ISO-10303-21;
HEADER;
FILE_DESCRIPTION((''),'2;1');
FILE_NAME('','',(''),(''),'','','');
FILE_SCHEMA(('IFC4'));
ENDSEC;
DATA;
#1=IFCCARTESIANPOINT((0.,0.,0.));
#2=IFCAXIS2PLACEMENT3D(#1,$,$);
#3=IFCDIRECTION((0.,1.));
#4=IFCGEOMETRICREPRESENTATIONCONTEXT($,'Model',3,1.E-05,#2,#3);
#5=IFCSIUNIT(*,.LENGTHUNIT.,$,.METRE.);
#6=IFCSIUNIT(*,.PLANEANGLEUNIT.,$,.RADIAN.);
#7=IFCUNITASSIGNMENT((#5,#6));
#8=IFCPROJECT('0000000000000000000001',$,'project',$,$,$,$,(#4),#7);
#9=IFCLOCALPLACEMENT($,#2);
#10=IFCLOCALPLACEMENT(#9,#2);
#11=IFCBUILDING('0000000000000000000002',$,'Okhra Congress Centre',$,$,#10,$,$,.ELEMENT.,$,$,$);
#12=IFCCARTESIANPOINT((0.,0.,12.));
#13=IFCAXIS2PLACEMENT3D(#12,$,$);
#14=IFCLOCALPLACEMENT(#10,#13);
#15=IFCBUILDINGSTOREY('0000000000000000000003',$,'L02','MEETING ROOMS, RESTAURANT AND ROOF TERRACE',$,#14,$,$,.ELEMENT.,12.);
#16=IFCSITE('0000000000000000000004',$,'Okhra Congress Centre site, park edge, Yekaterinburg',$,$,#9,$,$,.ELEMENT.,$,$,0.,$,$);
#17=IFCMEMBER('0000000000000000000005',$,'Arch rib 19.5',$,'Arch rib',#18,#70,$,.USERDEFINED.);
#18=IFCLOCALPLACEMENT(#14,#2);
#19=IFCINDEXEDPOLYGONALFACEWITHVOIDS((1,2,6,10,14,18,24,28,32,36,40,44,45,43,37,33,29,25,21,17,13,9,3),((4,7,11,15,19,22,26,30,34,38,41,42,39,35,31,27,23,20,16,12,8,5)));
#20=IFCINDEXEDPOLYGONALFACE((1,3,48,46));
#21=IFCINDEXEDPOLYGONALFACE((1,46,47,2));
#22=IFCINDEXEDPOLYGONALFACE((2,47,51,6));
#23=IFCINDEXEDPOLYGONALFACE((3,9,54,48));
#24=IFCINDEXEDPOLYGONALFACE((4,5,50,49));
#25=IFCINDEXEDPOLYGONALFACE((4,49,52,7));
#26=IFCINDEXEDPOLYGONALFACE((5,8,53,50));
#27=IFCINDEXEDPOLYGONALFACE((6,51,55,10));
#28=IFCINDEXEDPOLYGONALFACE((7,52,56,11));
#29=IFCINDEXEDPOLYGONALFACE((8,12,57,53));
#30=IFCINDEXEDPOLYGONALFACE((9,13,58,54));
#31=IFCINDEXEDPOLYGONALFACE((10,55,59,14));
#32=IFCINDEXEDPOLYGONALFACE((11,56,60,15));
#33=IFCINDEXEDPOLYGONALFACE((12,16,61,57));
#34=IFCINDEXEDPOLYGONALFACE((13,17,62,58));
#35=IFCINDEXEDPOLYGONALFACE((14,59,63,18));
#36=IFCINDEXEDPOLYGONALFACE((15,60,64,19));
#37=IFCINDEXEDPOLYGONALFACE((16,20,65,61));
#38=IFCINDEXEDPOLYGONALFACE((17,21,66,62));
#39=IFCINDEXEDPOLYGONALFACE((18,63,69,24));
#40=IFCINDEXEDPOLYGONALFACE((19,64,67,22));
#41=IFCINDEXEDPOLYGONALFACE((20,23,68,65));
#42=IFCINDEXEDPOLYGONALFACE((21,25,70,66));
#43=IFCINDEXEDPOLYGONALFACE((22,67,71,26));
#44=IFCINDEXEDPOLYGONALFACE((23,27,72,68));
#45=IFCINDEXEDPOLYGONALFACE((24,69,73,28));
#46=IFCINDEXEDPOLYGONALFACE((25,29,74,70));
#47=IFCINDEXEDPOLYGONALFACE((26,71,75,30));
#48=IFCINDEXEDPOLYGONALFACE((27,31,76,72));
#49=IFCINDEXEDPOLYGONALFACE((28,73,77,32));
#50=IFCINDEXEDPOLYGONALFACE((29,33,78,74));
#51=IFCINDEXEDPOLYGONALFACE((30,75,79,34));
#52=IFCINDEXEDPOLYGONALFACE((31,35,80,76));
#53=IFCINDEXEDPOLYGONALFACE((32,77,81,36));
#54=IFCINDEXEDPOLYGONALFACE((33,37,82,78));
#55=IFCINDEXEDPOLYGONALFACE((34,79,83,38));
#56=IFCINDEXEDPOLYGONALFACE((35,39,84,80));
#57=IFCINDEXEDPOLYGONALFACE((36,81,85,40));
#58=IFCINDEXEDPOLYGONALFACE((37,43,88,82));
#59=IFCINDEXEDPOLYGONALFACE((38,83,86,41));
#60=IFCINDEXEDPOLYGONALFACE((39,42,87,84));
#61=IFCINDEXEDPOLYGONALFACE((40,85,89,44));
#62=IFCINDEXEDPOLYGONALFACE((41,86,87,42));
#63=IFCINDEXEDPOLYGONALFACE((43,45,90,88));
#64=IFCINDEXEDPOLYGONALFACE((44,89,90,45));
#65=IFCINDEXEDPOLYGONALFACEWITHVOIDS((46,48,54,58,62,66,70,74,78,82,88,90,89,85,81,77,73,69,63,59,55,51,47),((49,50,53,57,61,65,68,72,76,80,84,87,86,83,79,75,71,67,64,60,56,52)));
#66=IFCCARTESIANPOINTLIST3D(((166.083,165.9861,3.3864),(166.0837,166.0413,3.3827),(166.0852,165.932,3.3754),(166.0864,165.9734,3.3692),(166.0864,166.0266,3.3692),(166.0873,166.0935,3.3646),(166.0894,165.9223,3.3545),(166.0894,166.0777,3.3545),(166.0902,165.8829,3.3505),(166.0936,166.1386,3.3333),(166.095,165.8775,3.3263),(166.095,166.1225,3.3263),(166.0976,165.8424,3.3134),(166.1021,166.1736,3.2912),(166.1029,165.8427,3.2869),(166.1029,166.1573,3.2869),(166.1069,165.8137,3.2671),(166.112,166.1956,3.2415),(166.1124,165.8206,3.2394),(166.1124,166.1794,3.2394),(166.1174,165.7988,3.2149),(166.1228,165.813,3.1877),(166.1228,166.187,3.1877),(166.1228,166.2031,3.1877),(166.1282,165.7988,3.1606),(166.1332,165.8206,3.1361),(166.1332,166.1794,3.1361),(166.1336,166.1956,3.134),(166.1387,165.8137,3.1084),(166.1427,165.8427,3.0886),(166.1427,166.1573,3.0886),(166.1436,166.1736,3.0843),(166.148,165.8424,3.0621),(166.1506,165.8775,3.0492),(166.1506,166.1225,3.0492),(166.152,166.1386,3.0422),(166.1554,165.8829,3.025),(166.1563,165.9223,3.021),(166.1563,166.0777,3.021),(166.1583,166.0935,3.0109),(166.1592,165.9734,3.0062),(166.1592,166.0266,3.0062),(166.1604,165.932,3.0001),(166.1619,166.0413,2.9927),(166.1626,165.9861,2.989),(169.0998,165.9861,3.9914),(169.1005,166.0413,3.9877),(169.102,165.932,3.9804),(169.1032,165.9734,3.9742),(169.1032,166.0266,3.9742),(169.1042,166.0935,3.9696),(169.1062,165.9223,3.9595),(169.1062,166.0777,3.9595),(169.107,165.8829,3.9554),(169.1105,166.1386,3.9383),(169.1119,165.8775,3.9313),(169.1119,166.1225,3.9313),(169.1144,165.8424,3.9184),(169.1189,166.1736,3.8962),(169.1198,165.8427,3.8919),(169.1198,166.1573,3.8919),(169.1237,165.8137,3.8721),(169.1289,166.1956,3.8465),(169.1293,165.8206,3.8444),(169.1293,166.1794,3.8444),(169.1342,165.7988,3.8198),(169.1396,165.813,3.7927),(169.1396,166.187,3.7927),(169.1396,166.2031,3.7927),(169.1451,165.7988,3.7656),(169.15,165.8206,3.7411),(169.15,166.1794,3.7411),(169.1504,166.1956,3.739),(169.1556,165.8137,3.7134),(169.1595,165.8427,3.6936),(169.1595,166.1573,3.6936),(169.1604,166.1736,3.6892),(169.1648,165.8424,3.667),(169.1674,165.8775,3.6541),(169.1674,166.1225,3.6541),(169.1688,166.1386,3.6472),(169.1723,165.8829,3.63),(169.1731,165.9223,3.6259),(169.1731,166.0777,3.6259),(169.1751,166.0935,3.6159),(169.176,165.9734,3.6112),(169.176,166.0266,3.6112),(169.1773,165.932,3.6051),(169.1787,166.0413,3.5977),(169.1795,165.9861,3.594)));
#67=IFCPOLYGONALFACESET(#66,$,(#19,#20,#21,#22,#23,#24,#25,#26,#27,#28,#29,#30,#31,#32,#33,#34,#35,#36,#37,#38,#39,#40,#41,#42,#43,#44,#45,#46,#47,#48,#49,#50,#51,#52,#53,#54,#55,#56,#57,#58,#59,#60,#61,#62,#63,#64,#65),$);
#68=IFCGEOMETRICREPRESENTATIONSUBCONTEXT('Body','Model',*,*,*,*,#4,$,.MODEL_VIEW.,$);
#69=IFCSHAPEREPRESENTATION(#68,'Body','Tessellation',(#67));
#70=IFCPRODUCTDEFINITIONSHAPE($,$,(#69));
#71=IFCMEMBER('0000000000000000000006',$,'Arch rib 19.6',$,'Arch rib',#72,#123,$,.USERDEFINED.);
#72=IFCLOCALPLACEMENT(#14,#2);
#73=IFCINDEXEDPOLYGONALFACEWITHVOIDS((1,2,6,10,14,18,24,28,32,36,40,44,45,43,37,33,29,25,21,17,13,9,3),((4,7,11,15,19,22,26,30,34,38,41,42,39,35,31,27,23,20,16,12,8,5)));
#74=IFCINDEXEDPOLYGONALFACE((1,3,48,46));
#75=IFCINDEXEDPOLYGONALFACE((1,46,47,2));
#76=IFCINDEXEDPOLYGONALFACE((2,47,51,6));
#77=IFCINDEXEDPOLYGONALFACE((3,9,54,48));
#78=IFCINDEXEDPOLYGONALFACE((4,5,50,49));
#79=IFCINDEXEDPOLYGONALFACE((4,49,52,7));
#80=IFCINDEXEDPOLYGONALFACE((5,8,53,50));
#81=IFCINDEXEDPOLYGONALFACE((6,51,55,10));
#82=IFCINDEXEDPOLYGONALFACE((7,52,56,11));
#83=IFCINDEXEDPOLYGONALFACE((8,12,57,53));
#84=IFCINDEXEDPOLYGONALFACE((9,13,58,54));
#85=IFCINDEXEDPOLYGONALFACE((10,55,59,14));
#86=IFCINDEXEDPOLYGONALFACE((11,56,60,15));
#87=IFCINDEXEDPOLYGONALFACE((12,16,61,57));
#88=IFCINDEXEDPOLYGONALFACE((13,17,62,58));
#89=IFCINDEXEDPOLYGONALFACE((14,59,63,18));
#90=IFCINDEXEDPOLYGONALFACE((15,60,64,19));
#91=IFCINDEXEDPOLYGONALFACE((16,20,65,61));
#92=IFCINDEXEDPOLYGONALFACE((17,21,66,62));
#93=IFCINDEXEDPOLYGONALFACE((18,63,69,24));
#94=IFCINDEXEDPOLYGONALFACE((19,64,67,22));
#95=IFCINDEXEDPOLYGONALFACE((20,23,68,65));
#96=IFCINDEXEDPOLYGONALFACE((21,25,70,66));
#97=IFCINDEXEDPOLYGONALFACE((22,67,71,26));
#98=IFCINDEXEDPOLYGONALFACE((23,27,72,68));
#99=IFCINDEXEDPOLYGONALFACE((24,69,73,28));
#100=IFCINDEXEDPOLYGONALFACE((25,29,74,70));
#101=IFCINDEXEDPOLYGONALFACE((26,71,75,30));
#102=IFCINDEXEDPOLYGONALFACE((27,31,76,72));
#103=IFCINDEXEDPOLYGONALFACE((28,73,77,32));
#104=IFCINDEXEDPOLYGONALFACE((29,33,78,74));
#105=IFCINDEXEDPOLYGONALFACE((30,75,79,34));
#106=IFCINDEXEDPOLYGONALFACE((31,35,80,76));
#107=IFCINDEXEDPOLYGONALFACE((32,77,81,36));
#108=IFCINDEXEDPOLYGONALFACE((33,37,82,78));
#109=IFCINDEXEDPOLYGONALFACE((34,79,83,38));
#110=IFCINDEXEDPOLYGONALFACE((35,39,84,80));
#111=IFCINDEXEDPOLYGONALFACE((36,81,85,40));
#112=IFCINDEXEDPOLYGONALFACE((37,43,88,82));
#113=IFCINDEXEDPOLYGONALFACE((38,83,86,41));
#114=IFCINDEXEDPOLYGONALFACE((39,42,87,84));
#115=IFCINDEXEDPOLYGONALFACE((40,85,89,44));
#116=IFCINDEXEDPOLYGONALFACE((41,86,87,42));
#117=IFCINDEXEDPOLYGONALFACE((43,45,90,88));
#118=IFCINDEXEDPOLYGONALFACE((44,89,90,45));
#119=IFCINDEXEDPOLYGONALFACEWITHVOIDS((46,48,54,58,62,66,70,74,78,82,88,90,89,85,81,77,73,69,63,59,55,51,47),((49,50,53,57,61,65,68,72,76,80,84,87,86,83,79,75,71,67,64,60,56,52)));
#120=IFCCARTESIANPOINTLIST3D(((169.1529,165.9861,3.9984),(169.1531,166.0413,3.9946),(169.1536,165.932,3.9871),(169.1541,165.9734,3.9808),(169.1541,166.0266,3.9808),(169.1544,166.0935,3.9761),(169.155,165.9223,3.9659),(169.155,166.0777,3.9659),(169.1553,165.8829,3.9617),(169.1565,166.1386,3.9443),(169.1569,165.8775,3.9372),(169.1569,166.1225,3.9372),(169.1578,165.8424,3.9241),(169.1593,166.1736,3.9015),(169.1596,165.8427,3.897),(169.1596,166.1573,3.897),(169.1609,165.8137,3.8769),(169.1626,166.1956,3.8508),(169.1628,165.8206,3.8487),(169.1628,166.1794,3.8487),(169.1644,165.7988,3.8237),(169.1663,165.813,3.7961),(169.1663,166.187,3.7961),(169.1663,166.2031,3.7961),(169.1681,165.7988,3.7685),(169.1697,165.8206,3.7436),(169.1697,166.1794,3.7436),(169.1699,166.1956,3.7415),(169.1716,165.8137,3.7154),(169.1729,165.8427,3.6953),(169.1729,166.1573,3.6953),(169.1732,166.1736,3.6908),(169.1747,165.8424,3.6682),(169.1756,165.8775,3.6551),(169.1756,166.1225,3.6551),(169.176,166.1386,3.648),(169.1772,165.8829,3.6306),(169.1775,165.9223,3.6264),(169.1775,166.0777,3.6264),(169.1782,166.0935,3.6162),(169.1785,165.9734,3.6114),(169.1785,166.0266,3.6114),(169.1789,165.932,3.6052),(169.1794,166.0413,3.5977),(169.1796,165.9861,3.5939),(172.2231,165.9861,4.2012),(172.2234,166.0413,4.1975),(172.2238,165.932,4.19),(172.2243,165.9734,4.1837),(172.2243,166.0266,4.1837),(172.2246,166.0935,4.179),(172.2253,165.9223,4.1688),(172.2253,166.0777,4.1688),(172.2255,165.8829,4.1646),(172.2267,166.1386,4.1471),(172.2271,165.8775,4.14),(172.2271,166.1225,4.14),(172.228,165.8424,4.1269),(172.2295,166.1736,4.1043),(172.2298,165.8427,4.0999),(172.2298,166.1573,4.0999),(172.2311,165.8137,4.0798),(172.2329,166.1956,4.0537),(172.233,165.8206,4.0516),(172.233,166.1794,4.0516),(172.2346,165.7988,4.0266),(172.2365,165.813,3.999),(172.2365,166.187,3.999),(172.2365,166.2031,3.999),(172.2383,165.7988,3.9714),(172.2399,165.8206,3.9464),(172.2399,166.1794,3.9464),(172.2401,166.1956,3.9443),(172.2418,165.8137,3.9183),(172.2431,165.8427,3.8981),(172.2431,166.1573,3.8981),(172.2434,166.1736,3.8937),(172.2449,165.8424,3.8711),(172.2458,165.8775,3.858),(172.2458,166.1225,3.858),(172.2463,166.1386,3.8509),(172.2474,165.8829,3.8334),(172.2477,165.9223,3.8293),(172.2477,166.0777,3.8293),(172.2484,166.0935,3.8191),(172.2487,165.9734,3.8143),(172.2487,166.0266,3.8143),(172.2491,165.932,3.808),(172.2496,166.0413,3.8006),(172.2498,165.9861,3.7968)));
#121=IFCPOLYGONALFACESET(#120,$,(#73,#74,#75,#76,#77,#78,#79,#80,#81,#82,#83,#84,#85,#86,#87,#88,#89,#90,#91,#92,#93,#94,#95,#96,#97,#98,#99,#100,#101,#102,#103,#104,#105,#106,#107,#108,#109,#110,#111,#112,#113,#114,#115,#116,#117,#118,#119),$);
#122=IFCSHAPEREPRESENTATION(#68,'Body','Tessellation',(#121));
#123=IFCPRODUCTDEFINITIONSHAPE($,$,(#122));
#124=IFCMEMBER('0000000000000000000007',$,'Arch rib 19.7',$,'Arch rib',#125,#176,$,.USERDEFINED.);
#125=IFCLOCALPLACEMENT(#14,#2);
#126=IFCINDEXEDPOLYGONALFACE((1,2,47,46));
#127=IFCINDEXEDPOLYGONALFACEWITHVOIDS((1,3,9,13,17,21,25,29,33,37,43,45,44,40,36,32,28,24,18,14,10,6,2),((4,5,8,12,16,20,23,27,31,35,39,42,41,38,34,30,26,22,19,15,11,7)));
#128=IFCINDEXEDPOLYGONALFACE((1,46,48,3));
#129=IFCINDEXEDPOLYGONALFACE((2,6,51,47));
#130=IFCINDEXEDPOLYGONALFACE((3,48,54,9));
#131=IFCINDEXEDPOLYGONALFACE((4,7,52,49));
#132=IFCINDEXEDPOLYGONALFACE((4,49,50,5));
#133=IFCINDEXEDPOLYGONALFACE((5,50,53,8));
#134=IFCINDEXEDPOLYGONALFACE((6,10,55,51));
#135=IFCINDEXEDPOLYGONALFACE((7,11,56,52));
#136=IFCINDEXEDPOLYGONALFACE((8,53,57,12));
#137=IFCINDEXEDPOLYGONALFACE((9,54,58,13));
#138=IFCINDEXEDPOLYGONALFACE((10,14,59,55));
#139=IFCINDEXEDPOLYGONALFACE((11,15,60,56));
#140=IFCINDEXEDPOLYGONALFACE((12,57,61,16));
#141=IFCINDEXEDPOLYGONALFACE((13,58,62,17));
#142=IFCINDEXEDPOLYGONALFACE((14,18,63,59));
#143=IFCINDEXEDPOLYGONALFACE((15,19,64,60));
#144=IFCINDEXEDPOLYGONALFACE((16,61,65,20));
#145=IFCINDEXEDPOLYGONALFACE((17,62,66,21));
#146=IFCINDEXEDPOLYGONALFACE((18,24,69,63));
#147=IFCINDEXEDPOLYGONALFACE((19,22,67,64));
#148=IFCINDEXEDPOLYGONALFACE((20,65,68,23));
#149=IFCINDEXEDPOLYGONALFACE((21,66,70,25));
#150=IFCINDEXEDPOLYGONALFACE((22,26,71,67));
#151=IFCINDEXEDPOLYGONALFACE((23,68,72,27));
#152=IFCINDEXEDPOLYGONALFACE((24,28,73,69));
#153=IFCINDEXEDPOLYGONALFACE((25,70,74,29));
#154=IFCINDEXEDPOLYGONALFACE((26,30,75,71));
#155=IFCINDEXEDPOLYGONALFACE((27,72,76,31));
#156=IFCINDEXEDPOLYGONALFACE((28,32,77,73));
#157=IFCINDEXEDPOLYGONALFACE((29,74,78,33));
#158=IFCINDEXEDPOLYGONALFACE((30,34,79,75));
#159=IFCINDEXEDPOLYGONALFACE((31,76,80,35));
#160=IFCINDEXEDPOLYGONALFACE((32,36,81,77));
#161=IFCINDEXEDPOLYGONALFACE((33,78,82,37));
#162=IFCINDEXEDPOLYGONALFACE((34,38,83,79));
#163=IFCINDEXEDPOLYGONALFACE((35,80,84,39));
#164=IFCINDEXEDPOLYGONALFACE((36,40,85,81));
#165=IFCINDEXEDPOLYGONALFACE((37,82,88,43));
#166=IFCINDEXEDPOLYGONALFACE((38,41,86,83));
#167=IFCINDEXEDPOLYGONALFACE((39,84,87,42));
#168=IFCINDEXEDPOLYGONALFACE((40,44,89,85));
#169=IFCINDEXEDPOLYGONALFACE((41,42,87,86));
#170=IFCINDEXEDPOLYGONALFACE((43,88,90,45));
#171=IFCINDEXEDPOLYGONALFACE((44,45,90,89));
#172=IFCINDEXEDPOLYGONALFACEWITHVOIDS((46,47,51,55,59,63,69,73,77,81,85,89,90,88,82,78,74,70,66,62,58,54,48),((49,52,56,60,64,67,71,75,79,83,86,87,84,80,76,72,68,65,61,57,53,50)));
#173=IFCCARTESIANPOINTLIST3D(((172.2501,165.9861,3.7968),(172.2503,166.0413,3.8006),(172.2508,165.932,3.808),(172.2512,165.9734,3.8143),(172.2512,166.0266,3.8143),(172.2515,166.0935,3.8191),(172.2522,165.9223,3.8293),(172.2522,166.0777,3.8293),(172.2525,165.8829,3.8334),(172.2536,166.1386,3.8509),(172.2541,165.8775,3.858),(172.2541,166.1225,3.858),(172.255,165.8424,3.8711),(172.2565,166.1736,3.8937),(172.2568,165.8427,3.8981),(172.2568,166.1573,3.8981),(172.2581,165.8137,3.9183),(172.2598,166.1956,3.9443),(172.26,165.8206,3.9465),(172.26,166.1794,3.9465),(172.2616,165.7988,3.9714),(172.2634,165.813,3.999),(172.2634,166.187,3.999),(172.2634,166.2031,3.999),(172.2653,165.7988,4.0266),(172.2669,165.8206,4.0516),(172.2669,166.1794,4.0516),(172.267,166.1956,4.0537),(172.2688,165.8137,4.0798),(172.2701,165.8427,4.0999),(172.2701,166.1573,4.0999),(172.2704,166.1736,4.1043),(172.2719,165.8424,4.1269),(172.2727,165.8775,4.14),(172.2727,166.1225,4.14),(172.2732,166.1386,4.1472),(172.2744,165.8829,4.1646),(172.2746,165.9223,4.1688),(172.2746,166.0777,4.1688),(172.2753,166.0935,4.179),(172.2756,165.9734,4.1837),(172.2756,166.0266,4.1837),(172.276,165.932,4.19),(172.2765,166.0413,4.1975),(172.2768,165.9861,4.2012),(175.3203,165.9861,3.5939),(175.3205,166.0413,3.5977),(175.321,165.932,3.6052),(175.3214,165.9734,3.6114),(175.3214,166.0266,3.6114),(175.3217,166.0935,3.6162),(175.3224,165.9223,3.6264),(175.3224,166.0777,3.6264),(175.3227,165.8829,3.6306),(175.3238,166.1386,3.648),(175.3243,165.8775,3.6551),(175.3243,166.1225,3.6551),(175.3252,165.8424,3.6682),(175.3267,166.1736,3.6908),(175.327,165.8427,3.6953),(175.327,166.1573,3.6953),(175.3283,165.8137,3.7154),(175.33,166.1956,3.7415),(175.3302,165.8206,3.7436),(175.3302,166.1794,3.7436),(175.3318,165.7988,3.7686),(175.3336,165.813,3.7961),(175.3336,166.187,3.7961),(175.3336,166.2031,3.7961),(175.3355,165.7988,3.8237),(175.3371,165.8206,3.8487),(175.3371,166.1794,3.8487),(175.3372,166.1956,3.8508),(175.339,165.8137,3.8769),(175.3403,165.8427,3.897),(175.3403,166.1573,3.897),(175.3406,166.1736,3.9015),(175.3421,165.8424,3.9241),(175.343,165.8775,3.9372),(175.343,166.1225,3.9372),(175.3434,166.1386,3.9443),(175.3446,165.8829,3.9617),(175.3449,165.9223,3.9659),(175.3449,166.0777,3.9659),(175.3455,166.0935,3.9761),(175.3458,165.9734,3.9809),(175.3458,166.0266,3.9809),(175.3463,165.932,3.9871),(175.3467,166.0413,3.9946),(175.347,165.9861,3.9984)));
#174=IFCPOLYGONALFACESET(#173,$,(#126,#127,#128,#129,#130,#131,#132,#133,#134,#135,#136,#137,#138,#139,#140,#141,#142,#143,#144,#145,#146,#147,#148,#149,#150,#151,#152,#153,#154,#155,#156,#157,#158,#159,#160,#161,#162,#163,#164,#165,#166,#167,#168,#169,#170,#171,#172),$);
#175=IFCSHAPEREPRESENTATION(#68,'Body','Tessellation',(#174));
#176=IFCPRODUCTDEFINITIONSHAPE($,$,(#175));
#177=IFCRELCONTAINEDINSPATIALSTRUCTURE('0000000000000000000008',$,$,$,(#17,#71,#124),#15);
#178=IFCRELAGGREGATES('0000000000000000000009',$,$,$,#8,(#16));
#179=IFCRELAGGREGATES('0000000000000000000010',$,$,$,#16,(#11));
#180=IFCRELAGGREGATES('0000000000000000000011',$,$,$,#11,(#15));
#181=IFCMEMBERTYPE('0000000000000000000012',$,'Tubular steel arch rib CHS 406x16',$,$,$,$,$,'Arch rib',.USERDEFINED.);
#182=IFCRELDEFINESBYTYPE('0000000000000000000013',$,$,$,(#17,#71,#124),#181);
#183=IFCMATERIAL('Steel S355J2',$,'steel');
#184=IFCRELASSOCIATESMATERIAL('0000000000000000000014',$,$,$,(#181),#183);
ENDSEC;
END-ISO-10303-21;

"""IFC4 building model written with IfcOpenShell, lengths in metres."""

from ifc_helpers import new_model, si_unit, direction, frame, origin, origin_2d, place, context, subcontext, project, spatial, hollow_circle, extrude, material, material_profile, profile_set, type_object, element, save


model = new_model("IFC4")

# Units and contexts
model_context = context("Model", 3, precision=1e-05, world=origin(), true_north=direction((0.0, 1.0)))
body_context = subcontext(model_context, "Body", "Model", "MODEL_VIEW")
ifc_project = project(units=[si_unit("LENGTHUNIT", "METRE"), si_unit("PLANEANGLEUNIT", "RADIAN")], contexts=[model_context])

# Site, building, storey
site_placement = place(None, origin())
site = spatial("IfcSite", under=ifc_project, at=site_placement, Name="Okhra Congress Centre site, park edge, Yekaterinburg", CompositionType="ELEMENT", RefElevation=0.0)
building_placement = place(site_placement, origin())
building = spatial("IfcBuilding", under=site, at=building_placement, Name="Okhra Congress Centre", CompositionType="ELEMENT")
storey_placement = place(building_placement, frame((0.0, 0.0, 12.0)))
storey = spatial("IfcBuildingStorey", under=building, at=storey_placement, Name="L02", Description="MEETING ROOMS, RESTAURANT AND ROOF TERRACE", CompositionType="ELEMENT", Elevation=12.0)

# Members
ifc_material_1 = material(Name="Steel S355J2", Category="steel")
ifc_material_profile_1 = material_profile(ifc_material_1, hollow_circle(Radius=0.2031, WallThickness=0.0161, at=origin_2d()), Name="CHS 406.4x16")
ifc_profile_set_1 = profile_set([ifc_material_profile_1], Name="Steel S355J2")
member_type_1 = type_object("IfcMemberType", Name="Tubular steel arch rib CHS 406x16", ElementType="Arch rib", PredefinedType="USERDEFINED", material=ifc_profile_set_1)
for number, where, z_axis, x_axis, name in (
    (1, (166.1228, 166.0, 3.1877), (0.98048, 0.0, 0.19662), (0.0, 1.0, 0.0), "Arch rib 19.5"),
    (2, (169.1663, 166.0, 3.7961), (0.997824, 0.0, 0.065934), (0.0, 1.0, 0.0), "Arch rib 19.6"),
    (3, (172.2634, 166.0, 3.999), (0.997824, 0.0, -0.065934), (0.0, 1.0, 0.0), "Arch rib 19.7"),
):
    element("IfcMember", number, at=place(storey_placement, frame(where, z_axis=z_axis, x_axis=x_axis)), inside=storey, type_object=member_type_1, Name=name, ObjectType="Arch rib", PredefinedType="USERDEFINED", context=body_context, shape_type="SweptSolid", body=[
        extrude(hollow_circle(Radius=0.2031, WallThickness=0.0161, at=origin_2d()), origin(), (0.0, 0.0, 1.0), 3.0769),
    ])

save(model, "model.ifc")
